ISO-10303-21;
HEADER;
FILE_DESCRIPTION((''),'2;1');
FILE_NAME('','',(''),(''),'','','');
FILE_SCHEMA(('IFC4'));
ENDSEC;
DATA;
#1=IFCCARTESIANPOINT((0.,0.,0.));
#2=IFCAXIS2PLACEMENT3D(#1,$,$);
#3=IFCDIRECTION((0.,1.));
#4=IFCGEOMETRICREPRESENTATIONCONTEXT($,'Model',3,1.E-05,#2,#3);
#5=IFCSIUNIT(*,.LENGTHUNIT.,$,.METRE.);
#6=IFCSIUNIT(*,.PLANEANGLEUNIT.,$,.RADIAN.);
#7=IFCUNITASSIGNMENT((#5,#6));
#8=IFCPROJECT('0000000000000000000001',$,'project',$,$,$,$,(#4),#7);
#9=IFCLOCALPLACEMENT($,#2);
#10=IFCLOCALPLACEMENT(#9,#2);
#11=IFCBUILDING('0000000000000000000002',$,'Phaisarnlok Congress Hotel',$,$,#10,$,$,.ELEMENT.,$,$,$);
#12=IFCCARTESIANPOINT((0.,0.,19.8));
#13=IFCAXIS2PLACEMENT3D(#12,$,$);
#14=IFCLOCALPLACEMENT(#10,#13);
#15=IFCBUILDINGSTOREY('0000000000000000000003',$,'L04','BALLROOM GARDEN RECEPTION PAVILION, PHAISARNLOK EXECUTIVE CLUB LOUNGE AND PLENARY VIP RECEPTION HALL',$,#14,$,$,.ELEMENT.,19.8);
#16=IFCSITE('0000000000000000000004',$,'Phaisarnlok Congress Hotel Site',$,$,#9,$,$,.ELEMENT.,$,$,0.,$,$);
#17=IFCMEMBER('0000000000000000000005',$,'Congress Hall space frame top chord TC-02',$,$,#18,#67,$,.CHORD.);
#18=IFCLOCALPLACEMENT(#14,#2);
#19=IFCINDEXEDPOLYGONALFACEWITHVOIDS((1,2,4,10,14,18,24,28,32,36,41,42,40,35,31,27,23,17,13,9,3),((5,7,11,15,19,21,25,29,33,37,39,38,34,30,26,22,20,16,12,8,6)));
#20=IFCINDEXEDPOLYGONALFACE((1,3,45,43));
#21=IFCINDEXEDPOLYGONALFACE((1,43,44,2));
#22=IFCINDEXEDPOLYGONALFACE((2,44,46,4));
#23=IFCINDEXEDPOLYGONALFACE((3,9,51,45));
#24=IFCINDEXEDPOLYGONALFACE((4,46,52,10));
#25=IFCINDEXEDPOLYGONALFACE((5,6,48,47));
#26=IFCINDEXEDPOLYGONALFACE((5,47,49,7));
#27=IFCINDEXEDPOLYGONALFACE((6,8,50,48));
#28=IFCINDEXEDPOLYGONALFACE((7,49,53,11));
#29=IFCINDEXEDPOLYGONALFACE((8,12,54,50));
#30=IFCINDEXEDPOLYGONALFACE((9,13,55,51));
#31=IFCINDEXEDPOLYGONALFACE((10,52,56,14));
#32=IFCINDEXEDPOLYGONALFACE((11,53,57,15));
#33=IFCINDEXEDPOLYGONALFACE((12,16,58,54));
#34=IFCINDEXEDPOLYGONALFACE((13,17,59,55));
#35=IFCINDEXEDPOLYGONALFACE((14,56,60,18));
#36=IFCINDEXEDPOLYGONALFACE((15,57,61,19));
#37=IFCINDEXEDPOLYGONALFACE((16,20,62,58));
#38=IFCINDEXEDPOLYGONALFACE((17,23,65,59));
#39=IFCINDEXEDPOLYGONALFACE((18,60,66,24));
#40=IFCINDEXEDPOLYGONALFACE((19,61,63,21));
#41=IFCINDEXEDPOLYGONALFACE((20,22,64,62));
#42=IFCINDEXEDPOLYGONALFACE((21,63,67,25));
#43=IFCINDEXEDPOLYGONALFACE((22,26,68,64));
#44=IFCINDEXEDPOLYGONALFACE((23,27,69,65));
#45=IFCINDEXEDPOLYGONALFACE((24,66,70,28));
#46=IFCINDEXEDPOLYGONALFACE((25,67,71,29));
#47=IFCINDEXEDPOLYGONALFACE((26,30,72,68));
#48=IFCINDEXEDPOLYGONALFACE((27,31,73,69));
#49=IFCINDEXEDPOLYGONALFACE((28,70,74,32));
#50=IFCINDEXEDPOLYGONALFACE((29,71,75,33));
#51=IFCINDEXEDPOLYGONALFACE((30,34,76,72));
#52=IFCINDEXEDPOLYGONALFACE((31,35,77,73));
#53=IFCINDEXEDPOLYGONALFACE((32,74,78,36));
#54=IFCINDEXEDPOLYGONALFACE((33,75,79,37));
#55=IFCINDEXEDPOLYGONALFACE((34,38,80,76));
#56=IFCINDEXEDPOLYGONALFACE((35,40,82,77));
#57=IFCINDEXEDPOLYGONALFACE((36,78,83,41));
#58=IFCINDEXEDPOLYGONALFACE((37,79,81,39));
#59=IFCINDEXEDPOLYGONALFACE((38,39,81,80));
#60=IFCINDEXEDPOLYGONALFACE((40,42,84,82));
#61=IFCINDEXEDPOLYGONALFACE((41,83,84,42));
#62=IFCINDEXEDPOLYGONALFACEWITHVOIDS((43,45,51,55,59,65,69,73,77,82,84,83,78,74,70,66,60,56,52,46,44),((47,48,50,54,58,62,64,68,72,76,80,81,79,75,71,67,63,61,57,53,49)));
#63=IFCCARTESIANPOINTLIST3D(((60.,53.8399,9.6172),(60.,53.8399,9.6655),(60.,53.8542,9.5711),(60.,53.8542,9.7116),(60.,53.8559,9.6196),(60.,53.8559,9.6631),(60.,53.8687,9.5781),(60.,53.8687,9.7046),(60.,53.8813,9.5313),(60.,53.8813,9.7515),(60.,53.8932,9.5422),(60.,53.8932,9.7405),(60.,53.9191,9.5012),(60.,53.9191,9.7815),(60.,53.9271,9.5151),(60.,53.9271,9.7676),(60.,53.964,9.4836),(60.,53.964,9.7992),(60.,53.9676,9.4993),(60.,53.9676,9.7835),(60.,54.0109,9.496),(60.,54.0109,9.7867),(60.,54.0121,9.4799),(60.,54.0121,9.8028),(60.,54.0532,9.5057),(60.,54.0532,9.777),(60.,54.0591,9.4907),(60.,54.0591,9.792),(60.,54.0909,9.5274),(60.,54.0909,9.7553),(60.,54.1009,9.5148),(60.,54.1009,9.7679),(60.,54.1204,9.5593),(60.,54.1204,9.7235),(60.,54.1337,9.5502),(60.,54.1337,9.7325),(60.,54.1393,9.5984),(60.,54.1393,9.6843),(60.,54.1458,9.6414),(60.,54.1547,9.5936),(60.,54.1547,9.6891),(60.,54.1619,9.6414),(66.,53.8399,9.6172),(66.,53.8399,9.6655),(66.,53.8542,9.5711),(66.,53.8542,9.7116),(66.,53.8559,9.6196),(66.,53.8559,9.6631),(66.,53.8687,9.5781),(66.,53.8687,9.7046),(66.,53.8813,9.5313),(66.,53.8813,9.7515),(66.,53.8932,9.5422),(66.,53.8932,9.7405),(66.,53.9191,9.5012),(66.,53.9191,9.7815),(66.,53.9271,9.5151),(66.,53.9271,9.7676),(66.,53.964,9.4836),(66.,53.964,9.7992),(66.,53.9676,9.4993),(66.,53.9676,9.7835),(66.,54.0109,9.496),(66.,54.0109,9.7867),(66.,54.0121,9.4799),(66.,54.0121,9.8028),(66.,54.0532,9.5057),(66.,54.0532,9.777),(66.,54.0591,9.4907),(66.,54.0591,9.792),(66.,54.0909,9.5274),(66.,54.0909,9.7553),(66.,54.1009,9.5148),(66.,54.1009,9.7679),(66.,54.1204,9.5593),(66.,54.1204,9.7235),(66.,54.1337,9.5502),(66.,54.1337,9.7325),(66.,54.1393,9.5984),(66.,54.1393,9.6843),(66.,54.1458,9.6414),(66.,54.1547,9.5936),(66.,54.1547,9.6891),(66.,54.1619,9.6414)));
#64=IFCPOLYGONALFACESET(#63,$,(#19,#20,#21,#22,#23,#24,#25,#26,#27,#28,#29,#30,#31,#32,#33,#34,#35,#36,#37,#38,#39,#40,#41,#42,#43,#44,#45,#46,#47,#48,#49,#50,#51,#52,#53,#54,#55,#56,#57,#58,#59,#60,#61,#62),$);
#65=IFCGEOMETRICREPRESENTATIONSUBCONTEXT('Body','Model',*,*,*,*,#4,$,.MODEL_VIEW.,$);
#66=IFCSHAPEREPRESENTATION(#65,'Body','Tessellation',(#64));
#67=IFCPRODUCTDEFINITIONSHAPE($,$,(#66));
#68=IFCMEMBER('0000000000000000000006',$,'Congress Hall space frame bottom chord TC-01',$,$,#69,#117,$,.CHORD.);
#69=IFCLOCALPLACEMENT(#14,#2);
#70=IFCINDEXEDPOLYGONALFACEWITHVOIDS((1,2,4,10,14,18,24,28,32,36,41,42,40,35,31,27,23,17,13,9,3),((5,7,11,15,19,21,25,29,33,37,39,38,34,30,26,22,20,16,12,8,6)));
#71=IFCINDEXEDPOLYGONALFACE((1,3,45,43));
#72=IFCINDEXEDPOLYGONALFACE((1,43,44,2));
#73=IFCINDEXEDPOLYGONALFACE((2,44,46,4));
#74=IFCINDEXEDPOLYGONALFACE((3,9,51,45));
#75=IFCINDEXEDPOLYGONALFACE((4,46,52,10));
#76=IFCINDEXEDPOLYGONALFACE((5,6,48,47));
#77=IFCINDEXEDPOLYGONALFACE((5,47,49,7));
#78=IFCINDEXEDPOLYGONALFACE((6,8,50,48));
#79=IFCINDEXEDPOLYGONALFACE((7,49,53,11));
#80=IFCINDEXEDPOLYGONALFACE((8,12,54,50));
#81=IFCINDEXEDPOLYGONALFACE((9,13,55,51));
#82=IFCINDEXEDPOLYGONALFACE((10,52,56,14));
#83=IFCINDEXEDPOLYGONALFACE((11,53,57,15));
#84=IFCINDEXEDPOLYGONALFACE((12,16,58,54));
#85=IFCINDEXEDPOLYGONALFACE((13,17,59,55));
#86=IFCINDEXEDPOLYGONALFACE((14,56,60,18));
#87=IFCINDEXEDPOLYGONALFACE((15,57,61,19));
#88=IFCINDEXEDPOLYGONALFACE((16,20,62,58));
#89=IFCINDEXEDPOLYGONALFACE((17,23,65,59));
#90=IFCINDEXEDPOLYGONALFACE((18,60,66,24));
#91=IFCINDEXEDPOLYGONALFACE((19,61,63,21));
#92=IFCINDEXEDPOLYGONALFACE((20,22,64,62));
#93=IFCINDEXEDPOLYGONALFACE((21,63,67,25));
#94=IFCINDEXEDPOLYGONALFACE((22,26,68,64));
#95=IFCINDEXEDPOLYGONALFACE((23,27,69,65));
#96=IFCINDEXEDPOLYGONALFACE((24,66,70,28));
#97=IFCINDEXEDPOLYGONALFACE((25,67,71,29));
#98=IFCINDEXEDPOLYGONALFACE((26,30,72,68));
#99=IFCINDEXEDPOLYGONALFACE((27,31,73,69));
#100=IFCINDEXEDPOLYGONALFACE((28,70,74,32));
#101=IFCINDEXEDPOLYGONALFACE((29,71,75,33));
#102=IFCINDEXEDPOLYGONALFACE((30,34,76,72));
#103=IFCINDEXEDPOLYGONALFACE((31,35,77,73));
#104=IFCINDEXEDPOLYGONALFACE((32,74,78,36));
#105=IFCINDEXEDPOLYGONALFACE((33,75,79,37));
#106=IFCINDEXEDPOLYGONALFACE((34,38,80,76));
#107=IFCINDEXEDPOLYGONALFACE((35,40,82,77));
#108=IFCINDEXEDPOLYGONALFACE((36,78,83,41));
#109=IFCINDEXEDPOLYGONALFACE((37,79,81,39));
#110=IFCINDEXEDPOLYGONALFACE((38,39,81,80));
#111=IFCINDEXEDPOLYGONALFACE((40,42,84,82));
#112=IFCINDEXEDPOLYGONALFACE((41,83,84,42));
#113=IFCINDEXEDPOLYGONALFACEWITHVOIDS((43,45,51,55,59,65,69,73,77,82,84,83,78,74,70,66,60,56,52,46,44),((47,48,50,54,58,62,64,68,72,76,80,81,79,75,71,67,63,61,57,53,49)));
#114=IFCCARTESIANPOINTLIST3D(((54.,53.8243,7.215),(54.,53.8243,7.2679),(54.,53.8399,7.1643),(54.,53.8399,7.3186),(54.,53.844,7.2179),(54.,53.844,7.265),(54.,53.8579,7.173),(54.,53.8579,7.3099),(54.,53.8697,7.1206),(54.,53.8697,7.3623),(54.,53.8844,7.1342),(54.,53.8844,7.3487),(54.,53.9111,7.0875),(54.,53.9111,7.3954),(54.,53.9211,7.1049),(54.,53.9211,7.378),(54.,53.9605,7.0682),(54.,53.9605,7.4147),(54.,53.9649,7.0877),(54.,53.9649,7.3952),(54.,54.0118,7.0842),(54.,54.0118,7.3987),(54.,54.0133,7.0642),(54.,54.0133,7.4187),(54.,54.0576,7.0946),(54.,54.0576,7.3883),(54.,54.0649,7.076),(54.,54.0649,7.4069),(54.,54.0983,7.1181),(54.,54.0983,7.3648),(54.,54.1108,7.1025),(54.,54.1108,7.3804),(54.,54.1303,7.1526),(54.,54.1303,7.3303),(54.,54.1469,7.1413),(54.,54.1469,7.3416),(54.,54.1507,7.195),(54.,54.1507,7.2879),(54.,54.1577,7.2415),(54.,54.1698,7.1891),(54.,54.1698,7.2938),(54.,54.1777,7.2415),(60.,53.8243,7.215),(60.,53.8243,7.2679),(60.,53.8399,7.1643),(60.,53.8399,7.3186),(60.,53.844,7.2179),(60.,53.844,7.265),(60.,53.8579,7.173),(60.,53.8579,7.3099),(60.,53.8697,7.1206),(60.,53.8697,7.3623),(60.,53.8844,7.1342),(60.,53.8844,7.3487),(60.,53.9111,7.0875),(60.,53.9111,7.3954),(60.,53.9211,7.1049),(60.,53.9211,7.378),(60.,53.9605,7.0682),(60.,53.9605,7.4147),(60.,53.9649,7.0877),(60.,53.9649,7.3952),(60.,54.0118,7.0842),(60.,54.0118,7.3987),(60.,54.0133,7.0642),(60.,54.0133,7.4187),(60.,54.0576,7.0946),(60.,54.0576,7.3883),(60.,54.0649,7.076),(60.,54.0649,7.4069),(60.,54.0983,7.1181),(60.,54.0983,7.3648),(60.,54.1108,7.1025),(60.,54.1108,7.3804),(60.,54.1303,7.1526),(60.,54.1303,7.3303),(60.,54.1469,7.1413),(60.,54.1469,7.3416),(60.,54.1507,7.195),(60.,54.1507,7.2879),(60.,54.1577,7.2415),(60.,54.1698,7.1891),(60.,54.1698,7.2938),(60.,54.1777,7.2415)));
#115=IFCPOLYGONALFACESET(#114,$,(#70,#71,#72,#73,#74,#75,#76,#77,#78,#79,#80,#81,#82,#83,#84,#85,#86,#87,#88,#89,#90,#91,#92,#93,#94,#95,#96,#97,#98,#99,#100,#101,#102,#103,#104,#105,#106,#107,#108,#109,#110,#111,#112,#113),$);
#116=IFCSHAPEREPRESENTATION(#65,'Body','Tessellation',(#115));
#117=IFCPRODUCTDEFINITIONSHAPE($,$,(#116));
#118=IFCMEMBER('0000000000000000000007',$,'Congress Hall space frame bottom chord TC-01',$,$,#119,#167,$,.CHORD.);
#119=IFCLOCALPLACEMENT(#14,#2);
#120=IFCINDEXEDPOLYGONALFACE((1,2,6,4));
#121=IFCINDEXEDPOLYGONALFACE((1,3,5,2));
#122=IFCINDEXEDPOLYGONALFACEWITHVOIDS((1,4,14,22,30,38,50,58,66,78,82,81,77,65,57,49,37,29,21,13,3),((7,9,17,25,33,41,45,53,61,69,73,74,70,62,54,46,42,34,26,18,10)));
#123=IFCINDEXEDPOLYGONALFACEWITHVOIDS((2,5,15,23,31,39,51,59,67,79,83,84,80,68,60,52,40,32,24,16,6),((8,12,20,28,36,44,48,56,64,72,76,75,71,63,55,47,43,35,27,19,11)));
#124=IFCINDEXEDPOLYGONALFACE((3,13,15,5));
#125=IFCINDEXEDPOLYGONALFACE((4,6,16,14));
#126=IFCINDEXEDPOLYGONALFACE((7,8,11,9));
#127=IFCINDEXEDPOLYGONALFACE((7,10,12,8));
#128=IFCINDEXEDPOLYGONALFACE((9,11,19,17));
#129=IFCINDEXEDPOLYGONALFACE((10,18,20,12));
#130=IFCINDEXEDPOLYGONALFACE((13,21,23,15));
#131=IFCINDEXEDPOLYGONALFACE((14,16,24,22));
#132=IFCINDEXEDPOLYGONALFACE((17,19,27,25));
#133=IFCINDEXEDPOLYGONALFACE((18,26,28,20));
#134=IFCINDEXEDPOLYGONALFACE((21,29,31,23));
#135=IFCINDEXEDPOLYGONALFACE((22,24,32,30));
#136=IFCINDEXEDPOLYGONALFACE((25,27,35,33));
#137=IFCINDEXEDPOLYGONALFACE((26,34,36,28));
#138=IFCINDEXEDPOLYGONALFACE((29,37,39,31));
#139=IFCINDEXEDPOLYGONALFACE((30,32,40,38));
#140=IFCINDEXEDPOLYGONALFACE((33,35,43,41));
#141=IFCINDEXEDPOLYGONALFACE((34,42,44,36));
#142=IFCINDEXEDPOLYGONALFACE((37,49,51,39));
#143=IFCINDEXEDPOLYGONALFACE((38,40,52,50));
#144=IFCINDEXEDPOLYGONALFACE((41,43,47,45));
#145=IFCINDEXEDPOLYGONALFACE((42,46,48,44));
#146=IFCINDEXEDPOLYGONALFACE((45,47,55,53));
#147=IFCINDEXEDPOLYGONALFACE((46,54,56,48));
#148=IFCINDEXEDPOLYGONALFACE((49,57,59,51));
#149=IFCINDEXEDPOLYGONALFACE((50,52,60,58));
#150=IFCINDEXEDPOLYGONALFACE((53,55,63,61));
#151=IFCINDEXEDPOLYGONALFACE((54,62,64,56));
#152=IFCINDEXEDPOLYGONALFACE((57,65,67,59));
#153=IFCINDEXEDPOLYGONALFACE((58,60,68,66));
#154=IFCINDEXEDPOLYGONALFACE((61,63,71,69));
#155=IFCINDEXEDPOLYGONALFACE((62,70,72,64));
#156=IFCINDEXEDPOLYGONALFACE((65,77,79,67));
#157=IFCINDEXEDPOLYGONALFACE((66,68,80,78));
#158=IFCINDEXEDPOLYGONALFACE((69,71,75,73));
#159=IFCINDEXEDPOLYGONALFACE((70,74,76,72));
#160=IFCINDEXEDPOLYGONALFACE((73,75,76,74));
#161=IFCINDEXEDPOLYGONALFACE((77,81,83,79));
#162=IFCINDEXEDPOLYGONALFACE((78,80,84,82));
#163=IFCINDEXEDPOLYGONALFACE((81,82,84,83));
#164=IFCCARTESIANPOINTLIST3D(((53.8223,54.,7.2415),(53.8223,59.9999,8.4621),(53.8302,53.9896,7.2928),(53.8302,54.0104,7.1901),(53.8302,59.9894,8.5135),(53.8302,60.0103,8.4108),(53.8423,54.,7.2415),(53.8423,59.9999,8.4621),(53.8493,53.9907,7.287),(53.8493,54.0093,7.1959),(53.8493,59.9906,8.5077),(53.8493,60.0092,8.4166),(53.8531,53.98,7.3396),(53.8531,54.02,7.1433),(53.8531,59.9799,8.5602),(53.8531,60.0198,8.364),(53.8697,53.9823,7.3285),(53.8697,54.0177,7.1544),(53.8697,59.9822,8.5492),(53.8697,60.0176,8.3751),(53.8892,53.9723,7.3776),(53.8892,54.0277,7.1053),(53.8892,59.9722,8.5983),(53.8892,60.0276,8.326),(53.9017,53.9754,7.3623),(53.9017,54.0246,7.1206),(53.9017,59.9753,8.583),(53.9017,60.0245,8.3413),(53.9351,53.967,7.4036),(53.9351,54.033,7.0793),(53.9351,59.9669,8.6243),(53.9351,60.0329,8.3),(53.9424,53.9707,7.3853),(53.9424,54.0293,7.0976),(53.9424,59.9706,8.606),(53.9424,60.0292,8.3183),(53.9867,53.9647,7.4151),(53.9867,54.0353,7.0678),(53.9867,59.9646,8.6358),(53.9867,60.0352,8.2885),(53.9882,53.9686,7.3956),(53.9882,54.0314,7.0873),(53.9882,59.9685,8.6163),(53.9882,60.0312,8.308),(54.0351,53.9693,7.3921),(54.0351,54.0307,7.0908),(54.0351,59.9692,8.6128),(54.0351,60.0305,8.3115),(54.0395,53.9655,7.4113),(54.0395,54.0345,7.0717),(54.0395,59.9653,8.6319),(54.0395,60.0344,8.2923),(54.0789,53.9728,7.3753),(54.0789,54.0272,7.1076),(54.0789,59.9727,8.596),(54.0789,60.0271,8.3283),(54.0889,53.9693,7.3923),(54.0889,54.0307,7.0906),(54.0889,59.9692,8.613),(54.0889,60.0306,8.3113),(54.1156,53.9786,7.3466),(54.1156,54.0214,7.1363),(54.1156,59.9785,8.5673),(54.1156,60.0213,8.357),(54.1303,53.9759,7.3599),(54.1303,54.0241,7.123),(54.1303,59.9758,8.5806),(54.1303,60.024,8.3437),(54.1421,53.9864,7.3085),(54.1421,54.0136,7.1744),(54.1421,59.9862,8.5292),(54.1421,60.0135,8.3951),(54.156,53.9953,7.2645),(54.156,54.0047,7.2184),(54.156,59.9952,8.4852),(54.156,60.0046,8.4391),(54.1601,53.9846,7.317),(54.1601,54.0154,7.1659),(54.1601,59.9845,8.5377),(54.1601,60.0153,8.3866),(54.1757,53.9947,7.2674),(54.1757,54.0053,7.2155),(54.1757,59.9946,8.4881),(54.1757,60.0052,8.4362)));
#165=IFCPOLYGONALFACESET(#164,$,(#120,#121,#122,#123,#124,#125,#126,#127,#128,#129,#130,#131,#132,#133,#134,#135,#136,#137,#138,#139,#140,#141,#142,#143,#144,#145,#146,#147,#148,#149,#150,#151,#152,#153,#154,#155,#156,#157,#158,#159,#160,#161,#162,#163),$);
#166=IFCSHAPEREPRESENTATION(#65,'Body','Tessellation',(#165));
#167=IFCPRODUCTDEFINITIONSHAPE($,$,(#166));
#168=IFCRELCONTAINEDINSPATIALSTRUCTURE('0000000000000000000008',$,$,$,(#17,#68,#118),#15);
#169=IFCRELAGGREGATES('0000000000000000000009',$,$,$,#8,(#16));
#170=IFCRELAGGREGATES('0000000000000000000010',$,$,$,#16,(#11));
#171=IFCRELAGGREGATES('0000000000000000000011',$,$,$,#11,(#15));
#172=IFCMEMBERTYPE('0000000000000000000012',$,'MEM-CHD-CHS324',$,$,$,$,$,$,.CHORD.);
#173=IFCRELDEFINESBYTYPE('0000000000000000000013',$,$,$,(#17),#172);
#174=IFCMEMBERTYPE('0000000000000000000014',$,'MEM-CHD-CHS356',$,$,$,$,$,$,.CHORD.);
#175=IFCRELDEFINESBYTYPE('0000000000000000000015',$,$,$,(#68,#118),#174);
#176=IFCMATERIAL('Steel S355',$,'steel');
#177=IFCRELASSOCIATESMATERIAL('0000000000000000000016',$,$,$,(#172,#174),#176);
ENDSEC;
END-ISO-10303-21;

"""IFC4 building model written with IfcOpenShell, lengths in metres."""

from ifc_helpers import new_model, si_unit, direction, frame, origin, origin_2d, place, context, subcontext, project, spatial, hollow_circle, extrude, material, material_profile, profile_set, type_object, element, save


model = new_model("IFC4")

# Units and contexts
model_context = context("Model", 3, precision=1e-05, world=origin(), true_north=direction((0.0, 1.0)))
body_context = subcontext(model_context, "Body", "Model", "MODEL_VIEW")
ifc_project = project(units=[si_unit("LENGTHUNIT", "METRE"), si_unit("PLANEANGLEUNIT", "RADIAN")], contexts=[model_context])

# Site, building, storey
site_placement = place(None, origin())
site = spatial("IfcSite", under=ifc_project, at=site_placement, Name="Phaisarnlok Congress Hotel Site", CompositionType="ELEMENT", RefElevation=0.0)
building_placement = place(site_placement, origin())
building = spatial("IfcBuilding", under=site, at=building_placement, Name="Phaisarnlok Congress Hotel", CompositionType="ELEMENT")
storey_placement = place(building_placement, frame((0.0, 0.0, 19.8)))
storey = spatial("IfcBuildingStorey", under=building, at=storey_placement, Name="L04", Description="BALLROOM GARDEN RECEPTION PAVILION, PHAISARNLOK EXECUTIVE CLUB LOUNGE AND PLENARY VIP RECEPTION HALL", CompositionType="ELEMENT", Elevation=19.8)

# Members
ifc_material = material(Name="Steel S355", Category="steel")
ifc_material_profile_1 = material_profile(ifc_material, hollow_circle(Radius=0.1619, WallThickness=0.0161, at=origin_2d()), Name="CHS 323.9x16")
ifc_profile_set_1 = profile_set([ifc_material_profile_1], Name="Steel S355")
member_type_1 = type_object("IfcMemberType", Name="MEM-CHD-CHS324", PredefinedType="CHORD", material=ifc_profile_set_1)
for number, where, z_axis, x_axis, name in (
    (1, (60.0, 54.0, 9.6414), (1.0, 0.0, 0.0), (0.0, 1.0, 0.0), "Congress Hall space frame top chord TC-02"),
):
    element("IfcMember", number, at=place(storey_placement, frame(where, z_axis=z_axis, x_axis=x_axis)), inside=storey, type_object=member_type_1, Name=name, PredefinedType="CHORD", context=body_context, shape_type="SweptSolid", body=[
        extrude(hollow_circle(Radius=0.1619, WallThickness=0.0161, at=origin_2d()), origin(), (0.0, 0.0, 1.0), 6.0),
    ])
ifc_material_profile_2 = material_profile(ifc_material, hollow_circle(Radius=0.1777, WallThickness=0.02, at=origin_2d()), Name="CHS 355.6x20")
ifc_profile_set_2 = profile_set([ifc_material_profile_2], Name="Steel S355")
member_type_2 = type_object("IfcMemberType", Name="MEM-CHD-CHS356", PredefinedType="CHORD", material=ifc_profile_set_2)
member_1_placement = place(storey_placement, frame((54.0, 54.0, 7.2415), z_axis=(1.0, 0.0, 0.0), x_axis=(0.0, 1.0, 0.0)))
element("IfcMember", 2, at=member_1_placement, inside=storey, type_object=member_type_2, Name="Congress Hall space frame bottom chord TC-01", PredefinedType="CHORD", context=body_context, shape_type="SweptSolid", body=[
    extrude(hollow_circle(Radius=0.1777, WallThickness=0.02, at=origin_2d()), origin(), (0.0, 0.0, 1.0), 6.0),
])
member_2_placement = place(storey_placement, frame((54.0, 54.0, 7.2415), z_axis=(0.0, 0.979925, 0.199366), x_axis=(-1.0, 0.0, 0.0)))
element("IfcMember", 3, at=member_2_placement, inside=storey, type_object=member_type_2, Name="Congress Hall space frame bottom chord TC-01", PredefinedType="CHORD", context=body_context, shape_type="SweptSolid", body=[
    extrude(hollow_circle(Radius=0.1777, WallThickness=0.02, at=origin_2d()), origin(), (0.0, 0.0, 1.0), 6.1228),
])

save(model, "model.ifc")
